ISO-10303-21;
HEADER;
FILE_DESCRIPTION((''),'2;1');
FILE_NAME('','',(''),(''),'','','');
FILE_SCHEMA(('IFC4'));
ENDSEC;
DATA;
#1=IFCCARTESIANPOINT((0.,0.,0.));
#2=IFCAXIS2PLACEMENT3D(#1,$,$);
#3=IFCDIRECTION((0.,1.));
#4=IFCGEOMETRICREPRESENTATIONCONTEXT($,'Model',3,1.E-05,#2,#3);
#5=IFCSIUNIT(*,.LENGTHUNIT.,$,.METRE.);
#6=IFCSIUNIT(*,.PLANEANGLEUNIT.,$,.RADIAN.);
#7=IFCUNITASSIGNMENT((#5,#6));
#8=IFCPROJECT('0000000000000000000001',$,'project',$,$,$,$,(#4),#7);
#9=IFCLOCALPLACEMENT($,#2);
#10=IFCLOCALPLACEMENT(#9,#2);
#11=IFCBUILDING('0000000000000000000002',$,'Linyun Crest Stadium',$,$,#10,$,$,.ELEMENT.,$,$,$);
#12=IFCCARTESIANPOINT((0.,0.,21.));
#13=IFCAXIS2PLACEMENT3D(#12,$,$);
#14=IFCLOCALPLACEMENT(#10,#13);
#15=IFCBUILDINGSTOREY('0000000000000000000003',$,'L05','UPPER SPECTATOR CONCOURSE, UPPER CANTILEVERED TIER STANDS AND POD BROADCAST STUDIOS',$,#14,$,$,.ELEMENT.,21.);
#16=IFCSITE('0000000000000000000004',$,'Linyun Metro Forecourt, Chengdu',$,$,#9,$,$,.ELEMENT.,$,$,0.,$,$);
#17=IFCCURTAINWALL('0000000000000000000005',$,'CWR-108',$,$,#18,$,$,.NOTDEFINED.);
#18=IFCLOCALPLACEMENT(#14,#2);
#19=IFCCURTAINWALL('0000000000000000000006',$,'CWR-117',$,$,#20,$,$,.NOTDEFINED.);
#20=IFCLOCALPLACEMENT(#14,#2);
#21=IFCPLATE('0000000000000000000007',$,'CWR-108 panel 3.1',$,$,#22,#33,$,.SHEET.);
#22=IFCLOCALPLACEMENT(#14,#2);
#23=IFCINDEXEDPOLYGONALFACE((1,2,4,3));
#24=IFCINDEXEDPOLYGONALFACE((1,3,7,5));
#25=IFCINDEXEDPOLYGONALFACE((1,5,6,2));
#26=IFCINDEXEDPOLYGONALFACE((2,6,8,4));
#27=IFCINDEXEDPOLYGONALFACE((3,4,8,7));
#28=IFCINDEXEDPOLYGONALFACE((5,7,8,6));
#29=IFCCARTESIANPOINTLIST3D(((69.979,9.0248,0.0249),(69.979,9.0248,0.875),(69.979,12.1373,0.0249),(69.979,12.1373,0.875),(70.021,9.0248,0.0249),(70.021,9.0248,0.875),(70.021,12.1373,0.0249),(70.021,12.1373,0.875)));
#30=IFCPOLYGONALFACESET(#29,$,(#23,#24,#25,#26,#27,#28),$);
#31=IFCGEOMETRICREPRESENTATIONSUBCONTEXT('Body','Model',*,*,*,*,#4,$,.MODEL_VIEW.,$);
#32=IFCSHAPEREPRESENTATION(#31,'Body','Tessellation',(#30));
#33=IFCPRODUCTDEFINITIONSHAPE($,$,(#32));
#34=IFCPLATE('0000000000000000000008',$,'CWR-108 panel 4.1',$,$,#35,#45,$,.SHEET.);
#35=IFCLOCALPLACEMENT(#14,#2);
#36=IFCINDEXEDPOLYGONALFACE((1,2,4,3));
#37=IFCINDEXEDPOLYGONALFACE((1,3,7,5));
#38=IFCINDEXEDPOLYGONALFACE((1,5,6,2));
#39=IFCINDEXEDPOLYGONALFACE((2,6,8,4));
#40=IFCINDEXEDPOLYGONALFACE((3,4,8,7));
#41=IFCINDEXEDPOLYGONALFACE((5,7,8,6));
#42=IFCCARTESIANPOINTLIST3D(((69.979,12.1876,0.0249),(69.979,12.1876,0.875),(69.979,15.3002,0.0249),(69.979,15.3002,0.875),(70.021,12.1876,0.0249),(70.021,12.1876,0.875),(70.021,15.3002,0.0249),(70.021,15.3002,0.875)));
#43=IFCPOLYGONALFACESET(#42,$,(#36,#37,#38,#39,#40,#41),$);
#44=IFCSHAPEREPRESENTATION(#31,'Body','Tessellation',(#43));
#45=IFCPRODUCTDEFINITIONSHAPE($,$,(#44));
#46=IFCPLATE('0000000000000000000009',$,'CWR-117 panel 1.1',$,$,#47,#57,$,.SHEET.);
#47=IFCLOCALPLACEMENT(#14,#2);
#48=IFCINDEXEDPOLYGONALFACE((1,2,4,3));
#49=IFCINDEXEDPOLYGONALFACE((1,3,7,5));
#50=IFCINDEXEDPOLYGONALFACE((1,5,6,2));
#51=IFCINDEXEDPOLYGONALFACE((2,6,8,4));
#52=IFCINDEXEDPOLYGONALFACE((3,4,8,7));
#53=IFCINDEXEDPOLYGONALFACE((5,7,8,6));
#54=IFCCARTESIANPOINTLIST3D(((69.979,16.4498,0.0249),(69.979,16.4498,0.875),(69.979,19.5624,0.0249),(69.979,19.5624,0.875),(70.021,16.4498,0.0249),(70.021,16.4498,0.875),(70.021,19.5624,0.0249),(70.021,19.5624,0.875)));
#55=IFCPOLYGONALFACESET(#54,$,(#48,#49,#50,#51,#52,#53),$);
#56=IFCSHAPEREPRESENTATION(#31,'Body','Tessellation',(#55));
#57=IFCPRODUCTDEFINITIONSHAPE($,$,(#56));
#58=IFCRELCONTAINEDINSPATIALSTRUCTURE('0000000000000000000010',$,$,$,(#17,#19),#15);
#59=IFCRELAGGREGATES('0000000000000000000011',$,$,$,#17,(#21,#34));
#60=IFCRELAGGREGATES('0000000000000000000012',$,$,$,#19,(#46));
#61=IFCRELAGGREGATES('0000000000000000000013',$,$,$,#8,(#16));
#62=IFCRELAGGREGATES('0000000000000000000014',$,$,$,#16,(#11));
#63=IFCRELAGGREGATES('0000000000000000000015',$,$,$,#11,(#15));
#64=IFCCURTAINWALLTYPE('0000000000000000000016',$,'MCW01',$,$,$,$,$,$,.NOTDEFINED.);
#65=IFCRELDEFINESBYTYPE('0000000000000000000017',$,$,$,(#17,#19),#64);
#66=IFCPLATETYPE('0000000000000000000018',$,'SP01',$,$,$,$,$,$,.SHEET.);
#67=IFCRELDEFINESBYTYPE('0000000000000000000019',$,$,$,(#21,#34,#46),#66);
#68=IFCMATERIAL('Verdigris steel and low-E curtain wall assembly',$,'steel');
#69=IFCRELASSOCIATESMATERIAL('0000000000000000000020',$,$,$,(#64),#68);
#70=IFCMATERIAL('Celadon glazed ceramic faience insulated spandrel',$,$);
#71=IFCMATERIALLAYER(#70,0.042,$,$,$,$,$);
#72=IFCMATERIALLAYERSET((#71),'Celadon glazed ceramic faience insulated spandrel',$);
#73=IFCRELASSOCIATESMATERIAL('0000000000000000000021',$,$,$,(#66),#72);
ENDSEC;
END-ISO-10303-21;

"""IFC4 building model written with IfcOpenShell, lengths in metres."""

from ifc_helpers import new_model, si_unit, direction, frame, origin, origin_2d, place, context, subcontext, project, spatial, rectangle, extrude, material, layer, layer_set, type_object, element, aggregate, save


model = new_model("IFC4")

# Units and contexts
model_context = context("Model", 3, precision=1e-05, world=origin(), true_north=direction((0.0, 1.0)))
body_context = subcontext(model_context, "Body", "Model", "MODEL_VIEW")
ifc_project = project(units=[si_unit("LENGTHUNIT", "METRE"), si_unit("PLANEANGLEUNIT", "RADIAN")], contexts=[model_context])

# Site, building, storey
site_placement = place(None, origin())
site = spatial("IfcSite", under=ifc_project, at=site_placement, Name="Linyun Metro Forecourt, Chengdu", CompositionType="ELEMENT", RefElevation=0.0)
building_placement = place(site_placement, origin())
building = spatial("IfcBuilding", under=site, at=building_placement, Name="Linyun Crest Stadium", CompositionType="ELEMENT")
storey_placement = place(building_placement, frame((0.0, 0.0, 21.0)))
storey = spatial("IfcBuildingStorey", under=building, at=storey_placement, Name="L05", Description="UPPER SPECTATOR CONCOURSE, UPPER CANTILEVERED TIER STANDS AND POD BROADCAST STUDIOS", CompositionType="ELEMENT", Elevation=21.0)

# Curtain walls
ifc_material_1 = material(Name="Verdigris steel and low-E curtain wall assembly", Category="steel")
curtain_wall_type = type_object("IfcCurtainWallType", Name="MCW01", PredefinedType="NOTDEFINED", material=ifc_material_1)
curtain_wall_1_placement = place(storey_placement, origin())
curtain_wall_1 = element("IfcCurtainWall", 1, at=curtain_wall_1_placement, inside=storey, type_object=curtain_wall_type, Name="CWR-108", PredefinedType="NOTDEFINED")
curtain_wall_2_placement = place(storey_placement, origin())
curtain_wall_2 = element("IfcCurtainWall", 2, at=curtain_wall_2_placement, inside=storey, type_object=curtain_wall_type, Name="CWR-117", PredefinedType="NOTDEFINED")

# Plates
ifc_material_2 = material(Name="Celadon glazed ceramic faience insulated spandrel")
ifc_layer_1 = layer(ifc_material_2, 0.042)
ifc_layer_set_1 = layer_set([ifc_layer_1], Name="Celadon glazed ceramic faience insulated spandrel")
plate_type_1 = type_object("IfcPlateType", Name="SP01", PredefinedType="SHEET", material=ifc_layer_set_1)
plate_1_placement = place(storey_placement, frame((70.0, 10.5811, 0.0249), z_axis=(0.0, 0.0, 1.0), x_axis=(0.0, 1.0, 0.0)))
plate_1 = element("IfcPlate", 3, at=plate_1_placement, type_object=plate_type_1, Name="CWR-108 panel 3.1", PredefinedType="SHEET", context=body_context, shape_type="SweptSolid", body=[
    extrude(rectangle(XDim=3.1125, YDim=0.042, at=origin_2d()), origin(), (0.0, 0.0, 1.0), 0.8501),
])
plate_2_placement = place(storey_placement, frame((70.0, 13.7439, 0.0249), z_axis=(0.0, 0.0, 1.0), x_axis=(0.0, 1.0, 0.0)))
plate_2 = element("IfcPlate", 4, at=plate_2_placement, type_object=plate_type_1, Name="CWR-108 panel 4.1", PredefinedType="SHEET", context=body_context, shape_type="SweptSolid", body=[
    extrude(rectangle(XDim=3.1125, YDim=0.042, at=origin_2d()), origin(), (0.0, 0.0, 1.0), 0.8501),
])
aggregate(curtain_wall_1, [plate_1, plate_2])
plate_3_placement = place(storey_placement, frame((70.0, 18.0061, 0.0249), z_axis=(0.0, 0.0, 1.0), x_axis=(0.0, 1.0, 0.0)))
plate_3 = element("IfcPlate", 5, at=plate_3_placement, type_object=plate_type_1, Name="CWR-117 panel 1.1", PredefinedType="SHEET", context=body_context, shape_type="SweptSolid", body=[
    extrude(rectangle(XDim=3.1125, YDim=0.042, at=origin_2d()), origin(), (0.0, 0.0, 1.0), 0.8501),
])
aggregate(curtain_wall_2, [plate_3])

save(model, "model.ifc")
